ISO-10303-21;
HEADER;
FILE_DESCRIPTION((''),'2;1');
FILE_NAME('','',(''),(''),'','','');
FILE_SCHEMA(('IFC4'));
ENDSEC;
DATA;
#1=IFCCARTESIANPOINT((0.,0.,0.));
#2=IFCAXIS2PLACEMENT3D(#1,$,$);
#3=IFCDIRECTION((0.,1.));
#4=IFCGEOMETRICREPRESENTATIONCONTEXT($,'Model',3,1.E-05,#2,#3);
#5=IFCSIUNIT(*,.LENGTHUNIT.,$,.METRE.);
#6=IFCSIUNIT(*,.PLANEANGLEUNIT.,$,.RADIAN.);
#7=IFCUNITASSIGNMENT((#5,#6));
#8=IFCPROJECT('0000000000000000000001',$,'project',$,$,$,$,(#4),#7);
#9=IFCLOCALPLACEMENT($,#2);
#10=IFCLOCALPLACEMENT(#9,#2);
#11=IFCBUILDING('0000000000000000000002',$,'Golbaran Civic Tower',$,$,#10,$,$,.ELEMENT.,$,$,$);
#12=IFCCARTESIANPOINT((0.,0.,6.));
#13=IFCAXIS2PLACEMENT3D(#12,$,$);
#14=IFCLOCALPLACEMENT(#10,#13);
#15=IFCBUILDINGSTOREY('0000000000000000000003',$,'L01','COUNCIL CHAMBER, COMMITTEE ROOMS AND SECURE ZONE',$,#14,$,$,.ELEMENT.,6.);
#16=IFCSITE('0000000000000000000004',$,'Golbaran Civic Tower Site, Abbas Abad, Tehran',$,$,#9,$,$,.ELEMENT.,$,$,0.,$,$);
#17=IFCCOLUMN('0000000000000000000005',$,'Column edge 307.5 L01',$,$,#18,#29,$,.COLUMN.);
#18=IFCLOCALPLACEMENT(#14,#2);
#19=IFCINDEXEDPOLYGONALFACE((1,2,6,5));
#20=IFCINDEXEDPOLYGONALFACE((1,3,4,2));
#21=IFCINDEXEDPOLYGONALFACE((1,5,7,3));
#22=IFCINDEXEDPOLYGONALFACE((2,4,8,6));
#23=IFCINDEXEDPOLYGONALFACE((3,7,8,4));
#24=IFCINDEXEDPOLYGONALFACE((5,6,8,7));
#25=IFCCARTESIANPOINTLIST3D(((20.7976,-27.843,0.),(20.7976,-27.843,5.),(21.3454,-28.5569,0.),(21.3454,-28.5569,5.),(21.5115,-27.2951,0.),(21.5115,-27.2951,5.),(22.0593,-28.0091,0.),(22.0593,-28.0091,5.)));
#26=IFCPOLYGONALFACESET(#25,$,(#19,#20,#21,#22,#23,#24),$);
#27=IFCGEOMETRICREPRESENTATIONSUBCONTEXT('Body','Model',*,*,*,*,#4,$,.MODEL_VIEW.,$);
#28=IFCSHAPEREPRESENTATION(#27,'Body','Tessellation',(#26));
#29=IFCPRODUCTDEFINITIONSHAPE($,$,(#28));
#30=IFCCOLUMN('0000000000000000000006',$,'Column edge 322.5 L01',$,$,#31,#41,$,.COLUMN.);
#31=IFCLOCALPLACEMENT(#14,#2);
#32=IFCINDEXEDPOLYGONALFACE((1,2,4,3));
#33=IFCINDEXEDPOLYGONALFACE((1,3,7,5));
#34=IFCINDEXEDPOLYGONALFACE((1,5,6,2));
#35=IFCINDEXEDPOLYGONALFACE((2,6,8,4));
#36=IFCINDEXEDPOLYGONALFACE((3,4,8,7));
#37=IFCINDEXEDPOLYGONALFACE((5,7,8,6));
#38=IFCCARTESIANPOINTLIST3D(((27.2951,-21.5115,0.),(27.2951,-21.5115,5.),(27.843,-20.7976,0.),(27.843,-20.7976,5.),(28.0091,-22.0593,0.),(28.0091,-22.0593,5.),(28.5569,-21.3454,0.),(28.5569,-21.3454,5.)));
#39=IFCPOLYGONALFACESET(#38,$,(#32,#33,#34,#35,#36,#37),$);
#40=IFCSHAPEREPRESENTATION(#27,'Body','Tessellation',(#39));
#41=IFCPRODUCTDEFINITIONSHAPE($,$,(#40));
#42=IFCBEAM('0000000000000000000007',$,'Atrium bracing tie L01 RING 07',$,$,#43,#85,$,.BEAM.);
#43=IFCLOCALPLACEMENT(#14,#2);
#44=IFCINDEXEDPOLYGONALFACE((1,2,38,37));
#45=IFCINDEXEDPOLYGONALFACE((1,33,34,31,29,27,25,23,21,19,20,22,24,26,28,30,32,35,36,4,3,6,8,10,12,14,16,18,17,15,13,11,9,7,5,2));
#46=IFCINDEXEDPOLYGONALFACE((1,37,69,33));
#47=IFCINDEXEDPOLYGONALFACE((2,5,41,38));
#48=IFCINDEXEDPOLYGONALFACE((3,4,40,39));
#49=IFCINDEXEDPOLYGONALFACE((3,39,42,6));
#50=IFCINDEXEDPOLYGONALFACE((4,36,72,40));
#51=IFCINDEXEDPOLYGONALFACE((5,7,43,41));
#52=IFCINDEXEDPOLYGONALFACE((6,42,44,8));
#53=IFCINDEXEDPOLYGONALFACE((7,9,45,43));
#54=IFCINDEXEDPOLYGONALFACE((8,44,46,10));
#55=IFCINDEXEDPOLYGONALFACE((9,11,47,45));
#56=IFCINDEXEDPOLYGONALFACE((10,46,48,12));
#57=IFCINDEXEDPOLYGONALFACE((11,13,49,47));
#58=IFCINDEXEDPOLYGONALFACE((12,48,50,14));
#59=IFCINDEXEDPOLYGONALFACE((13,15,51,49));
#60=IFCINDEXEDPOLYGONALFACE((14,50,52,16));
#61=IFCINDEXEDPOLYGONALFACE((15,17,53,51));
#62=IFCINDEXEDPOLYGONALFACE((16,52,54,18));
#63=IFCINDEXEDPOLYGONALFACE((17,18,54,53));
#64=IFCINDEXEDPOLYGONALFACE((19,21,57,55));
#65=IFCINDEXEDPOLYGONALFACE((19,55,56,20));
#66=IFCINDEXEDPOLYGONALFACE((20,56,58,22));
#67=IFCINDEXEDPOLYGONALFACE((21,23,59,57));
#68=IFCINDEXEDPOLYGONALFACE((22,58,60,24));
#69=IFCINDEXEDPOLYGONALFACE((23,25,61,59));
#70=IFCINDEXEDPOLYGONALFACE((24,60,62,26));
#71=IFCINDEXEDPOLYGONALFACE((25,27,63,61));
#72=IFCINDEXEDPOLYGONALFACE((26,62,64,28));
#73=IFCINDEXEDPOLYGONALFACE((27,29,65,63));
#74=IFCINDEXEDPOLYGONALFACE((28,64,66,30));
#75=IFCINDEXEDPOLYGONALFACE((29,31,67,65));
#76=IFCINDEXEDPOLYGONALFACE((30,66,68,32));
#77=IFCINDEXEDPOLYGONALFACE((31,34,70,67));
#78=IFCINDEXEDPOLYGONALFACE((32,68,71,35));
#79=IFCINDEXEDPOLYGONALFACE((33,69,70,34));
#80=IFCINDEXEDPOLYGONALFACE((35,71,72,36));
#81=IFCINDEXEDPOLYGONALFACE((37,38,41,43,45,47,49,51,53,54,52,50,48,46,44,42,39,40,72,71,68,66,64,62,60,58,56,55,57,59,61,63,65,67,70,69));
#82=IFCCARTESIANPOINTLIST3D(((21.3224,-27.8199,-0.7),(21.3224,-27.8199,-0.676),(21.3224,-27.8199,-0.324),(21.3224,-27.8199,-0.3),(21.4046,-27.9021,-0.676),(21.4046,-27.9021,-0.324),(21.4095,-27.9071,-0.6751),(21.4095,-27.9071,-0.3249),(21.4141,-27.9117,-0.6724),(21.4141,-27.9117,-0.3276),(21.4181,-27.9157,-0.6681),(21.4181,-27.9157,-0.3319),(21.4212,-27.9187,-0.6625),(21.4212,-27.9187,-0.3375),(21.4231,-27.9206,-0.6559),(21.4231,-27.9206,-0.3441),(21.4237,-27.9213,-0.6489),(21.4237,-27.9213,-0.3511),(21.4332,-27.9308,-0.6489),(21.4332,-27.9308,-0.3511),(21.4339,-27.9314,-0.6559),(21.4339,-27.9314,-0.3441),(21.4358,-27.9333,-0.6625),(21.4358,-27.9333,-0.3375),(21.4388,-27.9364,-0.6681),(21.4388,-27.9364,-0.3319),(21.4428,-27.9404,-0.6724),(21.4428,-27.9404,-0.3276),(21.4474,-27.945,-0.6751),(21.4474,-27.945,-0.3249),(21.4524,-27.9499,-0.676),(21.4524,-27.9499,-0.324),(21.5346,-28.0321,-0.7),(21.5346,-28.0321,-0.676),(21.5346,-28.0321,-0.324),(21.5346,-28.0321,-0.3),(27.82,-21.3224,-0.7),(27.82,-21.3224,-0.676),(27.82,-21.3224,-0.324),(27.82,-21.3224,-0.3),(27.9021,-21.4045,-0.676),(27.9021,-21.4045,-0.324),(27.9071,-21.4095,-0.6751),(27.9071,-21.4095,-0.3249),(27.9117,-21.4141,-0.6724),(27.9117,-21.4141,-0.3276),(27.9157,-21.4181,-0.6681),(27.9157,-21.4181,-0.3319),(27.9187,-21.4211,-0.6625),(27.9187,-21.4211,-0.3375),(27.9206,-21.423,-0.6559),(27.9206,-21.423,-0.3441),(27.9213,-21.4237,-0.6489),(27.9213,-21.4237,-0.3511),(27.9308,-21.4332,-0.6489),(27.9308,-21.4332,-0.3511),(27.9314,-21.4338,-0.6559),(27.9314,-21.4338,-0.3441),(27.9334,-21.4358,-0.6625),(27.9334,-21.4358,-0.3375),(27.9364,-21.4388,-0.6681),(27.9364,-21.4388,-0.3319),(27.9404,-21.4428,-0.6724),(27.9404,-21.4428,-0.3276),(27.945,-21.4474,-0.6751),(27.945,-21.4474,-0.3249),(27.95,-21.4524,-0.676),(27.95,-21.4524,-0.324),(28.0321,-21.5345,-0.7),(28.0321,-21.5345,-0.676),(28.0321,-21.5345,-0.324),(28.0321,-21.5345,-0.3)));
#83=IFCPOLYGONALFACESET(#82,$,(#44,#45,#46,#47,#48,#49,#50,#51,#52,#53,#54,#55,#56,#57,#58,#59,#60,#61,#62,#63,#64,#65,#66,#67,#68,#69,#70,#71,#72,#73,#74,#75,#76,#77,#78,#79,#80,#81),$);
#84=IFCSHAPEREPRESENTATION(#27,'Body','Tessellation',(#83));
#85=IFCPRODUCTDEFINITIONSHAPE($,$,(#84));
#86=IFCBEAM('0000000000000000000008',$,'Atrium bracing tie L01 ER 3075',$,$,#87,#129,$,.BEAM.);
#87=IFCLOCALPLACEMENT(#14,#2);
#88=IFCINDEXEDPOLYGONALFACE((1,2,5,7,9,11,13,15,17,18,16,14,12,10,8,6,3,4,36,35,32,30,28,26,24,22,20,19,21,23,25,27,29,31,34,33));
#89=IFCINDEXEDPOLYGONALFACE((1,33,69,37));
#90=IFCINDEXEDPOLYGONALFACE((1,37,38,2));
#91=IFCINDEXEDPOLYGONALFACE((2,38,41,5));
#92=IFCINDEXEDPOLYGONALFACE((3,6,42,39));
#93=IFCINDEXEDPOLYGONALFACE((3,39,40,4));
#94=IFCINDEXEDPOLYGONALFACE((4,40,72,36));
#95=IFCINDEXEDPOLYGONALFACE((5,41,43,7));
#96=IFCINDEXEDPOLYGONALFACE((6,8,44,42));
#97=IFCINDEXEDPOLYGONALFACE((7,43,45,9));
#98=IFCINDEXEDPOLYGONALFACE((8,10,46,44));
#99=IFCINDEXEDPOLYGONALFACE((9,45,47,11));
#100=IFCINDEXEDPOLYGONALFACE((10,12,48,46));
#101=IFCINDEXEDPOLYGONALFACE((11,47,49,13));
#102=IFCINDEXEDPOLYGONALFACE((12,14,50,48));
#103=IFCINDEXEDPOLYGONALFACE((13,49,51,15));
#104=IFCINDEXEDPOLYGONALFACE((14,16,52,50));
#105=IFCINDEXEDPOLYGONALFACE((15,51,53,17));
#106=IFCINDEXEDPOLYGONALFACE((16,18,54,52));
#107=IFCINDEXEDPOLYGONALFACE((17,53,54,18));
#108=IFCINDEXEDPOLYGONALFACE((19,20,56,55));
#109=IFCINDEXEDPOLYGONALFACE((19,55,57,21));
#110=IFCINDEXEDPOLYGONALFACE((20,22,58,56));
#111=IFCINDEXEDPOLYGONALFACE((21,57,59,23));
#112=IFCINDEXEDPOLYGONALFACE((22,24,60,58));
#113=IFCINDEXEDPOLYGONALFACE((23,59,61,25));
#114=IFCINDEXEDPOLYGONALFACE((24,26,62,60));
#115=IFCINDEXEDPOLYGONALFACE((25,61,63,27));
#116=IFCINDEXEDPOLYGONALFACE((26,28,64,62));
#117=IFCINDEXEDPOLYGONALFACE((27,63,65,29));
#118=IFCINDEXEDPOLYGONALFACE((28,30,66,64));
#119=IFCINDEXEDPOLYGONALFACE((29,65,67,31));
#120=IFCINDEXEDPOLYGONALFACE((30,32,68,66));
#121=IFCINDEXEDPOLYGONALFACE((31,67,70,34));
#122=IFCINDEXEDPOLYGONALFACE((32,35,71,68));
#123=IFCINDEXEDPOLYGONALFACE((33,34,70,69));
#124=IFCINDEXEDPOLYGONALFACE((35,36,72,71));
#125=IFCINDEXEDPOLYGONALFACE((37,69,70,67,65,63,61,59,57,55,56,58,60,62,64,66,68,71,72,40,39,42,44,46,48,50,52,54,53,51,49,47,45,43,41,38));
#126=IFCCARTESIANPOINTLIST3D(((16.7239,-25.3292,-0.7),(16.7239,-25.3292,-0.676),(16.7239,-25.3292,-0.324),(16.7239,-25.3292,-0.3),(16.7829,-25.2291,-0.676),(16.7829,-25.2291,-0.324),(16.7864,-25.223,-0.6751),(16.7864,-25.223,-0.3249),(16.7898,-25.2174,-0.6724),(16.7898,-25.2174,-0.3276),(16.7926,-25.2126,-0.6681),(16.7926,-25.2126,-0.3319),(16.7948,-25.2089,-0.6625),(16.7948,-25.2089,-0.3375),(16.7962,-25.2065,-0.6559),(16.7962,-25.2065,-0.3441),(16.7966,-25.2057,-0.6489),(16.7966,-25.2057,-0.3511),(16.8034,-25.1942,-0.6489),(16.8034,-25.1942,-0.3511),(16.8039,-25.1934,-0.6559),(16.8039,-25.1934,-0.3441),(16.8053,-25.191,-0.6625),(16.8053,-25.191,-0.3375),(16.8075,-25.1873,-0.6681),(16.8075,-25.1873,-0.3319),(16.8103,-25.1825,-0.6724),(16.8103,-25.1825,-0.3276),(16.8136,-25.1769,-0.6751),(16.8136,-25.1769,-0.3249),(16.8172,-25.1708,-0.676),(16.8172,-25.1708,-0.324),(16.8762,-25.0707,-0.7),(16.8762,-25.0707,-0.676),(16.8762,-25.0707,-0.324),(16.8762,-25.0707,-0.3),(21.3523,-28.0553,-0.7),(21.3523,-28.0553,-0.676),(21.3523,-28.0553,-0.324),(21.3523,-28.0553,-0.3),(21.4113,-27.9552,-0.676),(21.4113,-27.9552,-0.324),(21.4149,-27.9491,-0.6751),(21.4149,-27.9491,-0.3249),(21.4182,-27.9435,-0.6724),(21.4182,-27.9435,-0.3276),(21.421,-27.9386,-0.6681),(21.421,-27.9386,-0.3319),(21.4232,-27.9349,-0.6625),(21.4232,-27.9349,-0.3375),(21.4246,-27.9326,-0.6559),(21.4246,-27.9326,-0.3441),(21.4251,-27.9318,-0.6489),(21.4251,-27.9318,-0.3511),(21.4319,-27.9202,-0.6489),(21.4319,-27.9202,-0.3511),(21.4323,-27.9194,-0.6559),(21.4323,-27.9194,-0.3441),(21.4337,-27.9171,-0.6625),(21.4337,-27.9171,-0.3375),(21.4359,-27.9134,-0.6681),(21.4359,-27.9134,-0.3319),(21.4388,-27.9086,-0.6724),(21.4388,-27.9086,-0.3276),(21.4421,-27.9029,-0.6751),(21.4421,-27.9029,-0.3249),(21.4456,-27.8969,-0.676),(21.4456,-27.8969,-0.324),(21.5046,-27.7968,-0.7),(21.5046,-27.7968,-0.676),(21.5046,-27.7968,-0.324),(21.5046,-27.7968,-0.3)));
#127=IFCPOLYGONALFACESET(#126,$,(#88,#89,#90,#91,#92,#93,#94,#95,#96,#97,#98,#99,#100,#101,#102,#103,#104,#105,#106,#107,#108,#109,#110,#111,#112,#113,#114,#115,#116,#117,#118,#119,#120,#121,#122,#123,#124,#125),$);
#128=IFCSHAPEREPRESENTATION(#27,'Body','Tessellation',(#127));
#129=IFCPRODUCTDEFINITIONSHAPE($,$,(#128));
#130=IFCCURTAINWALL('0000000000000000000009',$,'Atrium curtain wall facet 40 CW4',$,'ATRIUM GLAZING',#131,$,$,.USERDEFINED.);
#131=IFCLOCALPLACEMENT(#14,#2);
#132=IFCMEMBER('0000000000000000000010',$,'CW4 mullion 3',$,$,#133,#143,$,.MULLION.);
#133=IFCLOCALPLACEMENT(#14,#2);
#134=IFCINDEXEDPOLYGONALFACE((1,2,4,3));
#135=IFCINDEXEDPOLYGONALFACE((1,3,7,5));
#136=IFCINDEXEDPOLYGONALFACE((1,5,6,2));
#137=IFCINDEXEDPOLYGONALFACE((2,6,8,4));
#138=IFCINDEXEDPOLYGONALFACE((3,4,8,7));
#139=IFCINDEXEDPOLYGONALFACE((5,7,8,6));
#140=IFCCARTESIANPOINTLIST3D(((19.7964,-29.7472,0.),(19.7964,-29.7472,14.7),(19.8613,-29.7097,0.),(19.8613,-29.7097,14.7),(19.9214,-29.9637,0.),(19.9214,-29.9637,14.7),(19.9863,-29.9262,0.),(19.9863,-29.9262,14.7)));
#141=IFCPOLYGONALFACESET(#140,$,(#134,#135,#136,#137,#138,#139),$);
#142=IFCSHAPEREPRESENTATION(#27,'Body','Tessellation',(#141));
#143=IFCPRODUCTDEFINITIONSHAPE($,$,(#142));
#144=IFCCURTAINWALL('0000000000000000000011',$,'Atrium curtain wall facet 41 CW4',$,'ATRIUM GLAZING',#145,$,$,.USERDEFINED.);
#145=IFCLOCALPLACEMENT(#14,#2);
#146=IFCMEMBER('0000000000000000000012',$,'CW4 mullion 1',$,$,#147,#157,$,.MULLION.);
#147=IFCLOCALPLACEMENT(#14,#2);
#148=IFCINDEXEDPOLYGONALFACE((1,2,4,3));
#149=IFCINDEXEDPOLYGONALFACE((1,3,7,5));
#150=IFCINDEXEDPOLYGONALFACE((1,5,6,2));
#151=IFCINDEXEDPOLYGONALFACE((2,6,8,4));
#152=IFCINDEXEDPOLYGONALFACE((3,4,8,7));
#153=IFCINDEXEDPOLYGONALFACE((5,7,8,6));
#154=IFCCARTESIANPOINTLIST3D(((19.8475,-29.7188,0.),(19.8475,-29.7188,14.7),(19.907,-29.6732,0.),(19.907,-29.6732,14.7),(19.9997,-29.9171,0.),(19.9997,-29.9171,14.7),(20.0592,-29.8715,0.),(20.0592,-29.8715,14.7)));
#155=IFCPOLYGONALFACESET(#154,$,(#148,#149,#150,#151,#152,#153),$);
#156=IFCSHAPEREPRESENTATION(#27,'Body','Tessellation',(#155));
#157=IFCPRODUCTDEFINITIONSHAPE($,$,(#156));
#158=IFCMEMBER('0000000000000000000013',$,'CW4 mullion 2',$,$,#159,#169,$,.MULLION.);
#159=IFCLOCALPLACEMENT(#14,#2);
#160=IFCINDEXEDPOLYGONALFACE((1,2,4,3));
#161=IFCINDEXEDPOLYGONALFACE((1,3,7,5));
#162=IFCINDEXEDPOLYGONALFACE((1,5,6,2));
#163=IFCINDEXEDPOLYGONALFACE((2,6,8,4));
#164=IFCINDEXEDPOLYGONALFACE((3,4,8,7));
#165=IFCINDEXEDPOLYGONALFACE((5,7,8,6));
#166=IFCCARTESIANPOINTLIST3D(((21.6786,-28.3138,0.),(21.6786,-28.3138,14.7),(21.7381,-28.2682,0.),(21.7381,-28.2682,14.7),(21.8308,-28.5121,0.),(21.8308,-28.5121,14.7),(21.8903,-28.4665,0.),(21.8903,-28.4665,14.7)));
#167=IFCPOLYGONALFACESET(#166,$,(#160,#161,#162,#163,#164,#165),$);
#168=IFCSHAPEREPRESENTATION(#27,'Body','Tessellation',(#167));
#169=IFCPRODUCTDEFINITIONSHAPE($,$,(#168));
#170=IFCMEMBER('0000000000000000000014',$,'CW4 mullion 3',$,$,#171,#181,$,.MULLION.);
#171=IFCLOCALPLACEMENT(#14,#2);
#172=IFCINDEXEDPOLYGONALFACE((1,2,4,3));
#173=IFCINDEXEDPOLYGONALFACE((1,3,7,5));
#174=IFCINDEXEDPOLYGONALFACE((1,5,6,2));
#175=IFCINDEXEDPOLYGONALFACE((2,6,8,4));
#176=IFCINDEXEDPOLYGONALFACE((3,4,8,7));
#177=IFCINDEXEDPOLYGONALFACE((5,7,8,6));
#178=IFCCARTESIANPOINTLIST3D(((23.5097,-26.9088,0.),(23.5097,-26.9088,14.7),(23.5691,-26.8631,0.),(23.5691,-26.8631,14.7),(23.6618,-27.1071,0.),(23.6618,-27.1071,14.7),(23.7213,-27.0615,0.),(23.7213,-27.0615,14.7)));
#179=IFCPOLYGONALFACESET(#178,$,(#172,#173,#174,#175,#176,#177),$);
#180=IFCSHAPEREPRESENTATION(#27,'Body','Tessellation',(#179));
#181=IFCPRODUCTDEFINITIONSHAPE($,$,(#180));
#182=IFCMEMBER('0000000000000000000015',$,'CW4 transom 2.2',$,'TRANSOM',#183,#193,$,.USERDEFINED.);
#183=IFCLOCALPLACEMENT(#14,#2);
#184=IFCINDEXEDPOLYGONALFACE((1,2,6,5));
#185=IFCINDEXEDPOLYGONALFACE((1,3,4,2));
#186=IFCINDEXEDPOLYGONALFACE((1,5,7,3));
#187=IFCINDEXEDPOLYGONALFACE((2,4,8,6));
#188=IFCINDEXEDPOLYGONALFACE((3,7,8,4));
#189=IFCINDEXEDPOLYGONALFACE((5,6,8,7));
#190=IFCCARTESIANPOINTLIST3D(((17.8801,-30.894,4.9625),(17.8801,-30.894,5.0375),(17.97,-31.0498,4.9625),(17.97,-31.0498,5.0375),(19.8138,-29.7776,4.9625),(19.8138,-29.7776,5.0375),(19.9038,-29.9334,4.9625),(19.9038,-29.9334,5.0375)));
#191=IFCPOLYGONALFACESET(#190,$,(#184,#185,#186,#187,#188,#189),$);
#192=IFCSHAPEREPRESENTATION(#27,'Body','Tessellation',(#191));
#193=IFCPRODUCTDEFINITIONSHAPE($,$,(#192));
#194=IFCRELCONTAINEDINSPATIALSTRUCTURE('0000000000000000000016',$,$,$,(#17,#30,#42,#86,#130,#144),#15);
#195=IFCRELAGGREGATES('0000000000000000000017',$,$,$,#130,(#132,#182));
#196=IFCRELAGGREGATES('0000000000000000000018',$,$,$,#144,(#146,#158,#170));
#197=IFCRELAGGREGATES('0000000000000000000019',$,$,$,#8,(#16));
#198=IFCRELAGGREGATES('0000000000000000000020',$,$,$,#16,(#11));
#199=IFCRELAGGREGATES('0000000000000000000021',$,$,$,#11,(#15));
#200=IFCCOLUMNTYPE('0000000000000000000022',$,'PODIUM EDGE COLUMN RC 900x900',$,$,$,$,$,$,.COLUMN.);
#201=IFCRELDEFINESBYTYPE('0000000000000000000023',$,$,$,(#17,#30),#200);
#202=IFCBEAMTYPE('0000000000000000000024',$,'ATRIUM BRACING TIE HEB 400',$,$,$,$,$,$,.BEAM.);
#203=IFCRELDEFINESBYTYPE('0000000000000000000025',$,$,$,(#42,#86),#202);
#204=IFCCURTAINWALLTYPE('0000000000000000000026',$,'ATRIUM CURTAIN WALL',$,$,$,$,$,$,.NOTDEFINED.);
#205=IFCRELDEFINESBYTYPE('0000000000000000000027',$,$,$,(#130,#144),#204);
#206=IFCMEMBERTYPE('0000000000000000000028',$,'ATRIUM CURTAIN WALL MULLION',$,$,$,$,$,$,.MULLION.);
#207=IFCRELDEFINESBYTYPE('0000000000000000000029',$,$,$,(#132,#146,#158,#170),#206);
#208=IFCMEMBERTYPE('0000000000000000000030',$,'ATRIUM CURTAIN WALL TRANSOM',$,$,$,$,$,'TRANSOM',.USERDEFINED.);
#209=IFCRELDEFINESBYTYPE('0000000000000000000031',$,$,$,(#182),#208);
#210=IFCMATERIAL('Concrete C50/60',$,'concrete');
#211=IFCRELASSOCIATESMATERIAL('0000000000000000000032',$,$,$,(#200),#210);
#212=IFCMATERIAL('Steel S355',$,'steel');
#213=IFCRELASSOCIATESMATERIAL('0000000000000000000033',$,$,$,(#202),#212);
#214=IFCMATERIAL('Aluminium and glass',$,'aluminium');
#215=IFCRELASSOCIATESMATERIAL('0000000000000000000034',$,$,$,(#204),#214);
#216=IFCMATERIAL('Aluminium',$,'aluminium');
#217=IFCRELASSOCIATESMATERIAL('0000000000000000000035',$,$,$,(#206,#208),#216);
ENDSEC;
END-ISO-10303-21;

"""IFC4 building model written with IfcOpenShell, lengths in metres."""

from ifc_helpers import new_model, si_unit, direction, frame, origin, origin_2d, place, context, subcontext, project, spatial, rectangle, i_section, extrude, material, material_profile, profile_set, type_object, element, aggregate, save


model = new_model("IFC4")

# Units and contexts
model_context = context("Model", 3, precision=1e-05, world=origin(), true_north=direction((0.0, 1.0)))
body_context = subcontext(model_context, "Body", "Model", "MODEL_VIEW")
ifc_project = project(units=[si_unit("LENGTHUNIT", "METRE"), si_unit("PLANEANGLEUNIT", "RADIAN")], contexts=[model_context])

# Site, building, storey
site_placement = place(None, origin())
site = spatial("IfcSite", under=ifc_project, at=site_placement, Name="Golbaran Civic Tower Site, Abbas Abad, Tehran", CompositionType="ELEMENT", RefElevation=0.0)
building_placement = place(site_placement, origin())
building = spatial("IfcBuilding", under=site, at=building_placement, Name="Golbaran Civic Tower", CompositionType="ELEMENT")
storey_placement = place(building_placement, frame((0.0, 0.0, 6.0)))
storey = spatial("IfcBuildingStorey", under=building, at=storey_placement, Name="L01", Description="COUNCIL CHAMBER, COMMITTEE ROOMS AND SECURE ZONE", CompositionType="ELEMENT", Elevation=6.0)

# Columns
ifc_material_1 = material(Name="Concrete C50/60", Category="concrete")
ifc_material_profile_1 = material_profile(ifc_material_1, rectangle(XDim=0.8999, YDim=0.8999, at=origin_2d()), Name="RC 900x900")
ifc_profile_set_1 = profile_set([ifc_material_profile_1], Name="Concrete C50/60")
column_type = type_object("IfcColumnType", Name="PODIUM EDGE COLUMN RC 900x900", PredefinedType="COLUMN", material=ifc_profile_set_1)
for number, where, z_axis, x_axis, name in (
    (1, (21.4285, -27.926, 0.0), (0.0, 0.0, 1.0), (0.608761, -0.793353, 0.0), "Column edge 307.5 L01"),
    (2, (27.926, -21.4285, 0.0), (0.0, 0.0, 1.0), (0.793353, -0.608761, 0.0), "Column edge 322.5 L01"),
):
    element("IfcColumn", number, at=place(storey_placement, frame(where, z_axis=z_axis, x_axis=x_axis)), inside=storey, type_object=column_type, Name=name, PredefinedType="COLUMN", context=body_context, shape_type="SweptSolid", body=[
        extrude(rectangle(XDim=0.8999, YDim=0.8999, at=origin_2d()), origin(), (0.0, 0.0, 1.0), 5.0),
    ])

# Beams
ifc_material_2 = material(Name="Steel S355", Category="steel")
ifc_material_profile_2 = material_profile(ifc_material_2, i_section(OverallWidth=0.3, OverallDepth=0.3999, WebThickness=0.0134, FlangeThickness=0.0239, FilletRadius=0.0271, at=origin_2d()), Name="HEB 400")
ifc_profile_set_2 = profile_set([ifc_material_profile_2], Name="Steel S355")
beam_type = type_object("IfcBeamType", Name="ATRIUM BRACING TIE HEB 400", PredefinedType="BEAM", material=ifc_profile_set_2)
beam_1_placement = place(storey_placement, frame((21.4285, -27.926, -0.5), z_axis=(0.707107, 0.707107, 0.0), x_axis=(-0.707107, 0.707107, 0.0)))
element("IfcBeam", 3, at=beam_1_placement, inside=storey, type_object=beam_type, Name="Atrium bracing tie L01 RING 07", PredefinedType="BEAM", context=body_context, shape_type="SweptSolid", body=[
    extrude(i_section(OverallWidth=0.3, OverallDepth=0.3999, WebThickness=0.0134, FlangeThickness=0.0239, FilletRadius=0.0271, at=origin_2d()), origin(), (0.0, 0.0, 1.0), 9.189),
])
beam_2_placement = place(storey_placement, frame((21.4285, -27.926, -0.5), z_axis=(-0.861651, 0.507501, 0.0), x_axis=(-0.507501, -0.861651, 0.0)))
element("IfcBeam", 4, at=beam_2_placement, inside=storey, type_object=beam_type, Name="Atrium bracing tie L01 ER 3075", PredefinedType="BEAM", context=body_context, shape_type="SweptSolid", body=[
    extrude(i_section(OverallWidth=0.3, OverallDepth=0.3999, WebThickness=0.0134, FlangeThickness=0.0239, FilletRadius=0.0271, at=origin_2d()), origin(), (0.0, 0.0, 1.0), 5.3716),
])

# Curtain wall, member
ifc_material_3 = material(Name="Aluminium and glass", Category="aluminium")
curtain_wall_type = type_object("IfcCurtainWallType", Name="ATRIUM CURTAIN WALL", PredefinedType="NOTDEFINED", material=ifc_material_3)
curtain_wall_1_placement = place(storey_placement, origin())
curtain_wall_1 = element("IfcCurtainWall", 5, at=curtain_wall_1_placement, inside=storey, type_object=curtain_wall_type, Name="Atrium curtain wall facet 40 CW4", ObjectType="ATRIUM GLAZING", PredefinedType="USERDEFINED")
ifc_material_4 = material(Name="Aluminium", Category="aluminium")
ifc_material_profile_3 = material_profile(ifc_material_4, rectangle(XDim=0.25, YDim=0.075, at=origin_2d()), Name="ATRIUM CURTAIN WALL MULLION")
ifc_profile_set_3 = profile_set([ifc_material_profile_3], Name="Aluminium")
member_type_1 = type_object("IfcMemberType", Name="ATRIUM CURTAIN WALL MULLION", PredefinedType="MULLION", material=ifc_profile_set_3)
member_1_placement = place(storey_placement, frame((19.8914, -29.8367, 0.0), z_axis=(0.0, 0.0, 1.0), x_axis=(-0.5, 0.866025, 0.0)))
member_1 = element("IfcMember", 6, at=member_1_placement, type_object=member_type_1, Name="CW4 mullion 3", PredefinedType="MULLION", context=body_context, shape_type="SweptSolid", body=[
    extrude(rectangle(XDim=0.25, YDim=0.075, at=origin_2d()), origin(), (0.0, 0.0, 1.0), 14.7),
])

# Curtain wall, members
curtain_wall_2_placement = place(storey_placement, origin())
curtain_wall_2 = element("IfcCurtainWall", 7, at=curtain_wall_2_placement, inside=storey, type_object=curtain_wall_type, Name="Atrium curtain wall facet 41 CW4", ObjectType="ATRIUM GLAZING", PredefinedType="USERDEFINED")
member_2_placement = place(storey_placement, frame((19.9534, -29.7952, 0.0), z_axis=(0.0, 0.0, 1.0), x_axis=(-0.608761, 0.793353, 0.0)))
member_2 = element("IfcMember", 8, at=member_2_placement, type_object=member_type_1, Name="CW4 mullion 1", PredefinedType="MULLION", context=body_context, shape_type="SweptSolid", body=[
    extrude(rectangle(XDim=0.25, YDim=0.075, at=origin_2d()), origin(), (0.0, 0.0, 1.0), 14.7),
])
member_3_placement = place(storey_placement, frame((21.7844, -28.3901, 0.0), z_axis=(0.0, 0.0, 1.0), x_axis=(-0.608761, 0.793353, 0.0)))
member_3 = element("IfcMember", 9, at=member_3_placement, type_object=member_type_1, Name="CW4 mullion 2", PredefinedType="MULLION", context=body_context, shape_type="SweptSolid", body=[
    extrude(rectangle(XDim=0.25, YDim=0.075, at=origin_2d()), origin(), (0.0, 0.0, 1.0), 14.7),
])
member_4_placement = place(storey_placement, frame((23.6155, -26.9851, 0.0), z_axis=(0.0, 0.0, 1.0), x_axis=(-0.608761, 0.793353, 0.0)))
member_4 = element("IfcMember", 10, at=member_4_placement, type_object=member_type_1, Name="CW4 mullion 3", PredefinedType="MULLION", context=body_context, shape_type="SweptSolid", body=[
    extrude(rectangle(XDim=0.25, YDim=0.075, at=origin_2d()), origin(), (0.0, 0.0, 1.0), 14.7),
])

# Member
ifc_material_profile_4 = material_profile(ifc_material_4, rectangle(XDim=0.1799, YDim=0.075, at=origin_2d()), Name="ATRIUM CURTAIN WALL TRANSOM")
ifc_profile_set_4 = profile_set([ifc_material_profile_4], Name="Aluminium")
member_type_2 = type_object("IfcMemberType", Name="ATRIUM CURTAIN WALL TRANSOM", ElementType="TRANSOM", PredefinedType="USERDEFINED", material=ifc_profile_set_4)
member_5_placement = place(storey_placement, frame((17.925, -30.9719, 5.0), z_axis=(0.866034, 0.499984, 0.0), x_axis=(-0.499984, 0.866034, 0.0)))
member_5 = element("IfcMember", 11, at=member_5_placement, type_object=member_type_2, Name="CW4 transom 2.2", ObjectType="TRANSOM", PredefinedType="USERDEFINED", context=body_context, shape_type="SweptSolid", body=[
    extrude(rectangle(XDim=0.1799, YDim=0.075, at=origin_2d()), origin(), (0.0, 0.0, 1.0), 2.2329),
])

aggregate(curtain_wall_1, [member_1, member_5])
aggregate(curtain_wall_2, [member_2, member_3, member_4])

save(model, "model.ifc")
